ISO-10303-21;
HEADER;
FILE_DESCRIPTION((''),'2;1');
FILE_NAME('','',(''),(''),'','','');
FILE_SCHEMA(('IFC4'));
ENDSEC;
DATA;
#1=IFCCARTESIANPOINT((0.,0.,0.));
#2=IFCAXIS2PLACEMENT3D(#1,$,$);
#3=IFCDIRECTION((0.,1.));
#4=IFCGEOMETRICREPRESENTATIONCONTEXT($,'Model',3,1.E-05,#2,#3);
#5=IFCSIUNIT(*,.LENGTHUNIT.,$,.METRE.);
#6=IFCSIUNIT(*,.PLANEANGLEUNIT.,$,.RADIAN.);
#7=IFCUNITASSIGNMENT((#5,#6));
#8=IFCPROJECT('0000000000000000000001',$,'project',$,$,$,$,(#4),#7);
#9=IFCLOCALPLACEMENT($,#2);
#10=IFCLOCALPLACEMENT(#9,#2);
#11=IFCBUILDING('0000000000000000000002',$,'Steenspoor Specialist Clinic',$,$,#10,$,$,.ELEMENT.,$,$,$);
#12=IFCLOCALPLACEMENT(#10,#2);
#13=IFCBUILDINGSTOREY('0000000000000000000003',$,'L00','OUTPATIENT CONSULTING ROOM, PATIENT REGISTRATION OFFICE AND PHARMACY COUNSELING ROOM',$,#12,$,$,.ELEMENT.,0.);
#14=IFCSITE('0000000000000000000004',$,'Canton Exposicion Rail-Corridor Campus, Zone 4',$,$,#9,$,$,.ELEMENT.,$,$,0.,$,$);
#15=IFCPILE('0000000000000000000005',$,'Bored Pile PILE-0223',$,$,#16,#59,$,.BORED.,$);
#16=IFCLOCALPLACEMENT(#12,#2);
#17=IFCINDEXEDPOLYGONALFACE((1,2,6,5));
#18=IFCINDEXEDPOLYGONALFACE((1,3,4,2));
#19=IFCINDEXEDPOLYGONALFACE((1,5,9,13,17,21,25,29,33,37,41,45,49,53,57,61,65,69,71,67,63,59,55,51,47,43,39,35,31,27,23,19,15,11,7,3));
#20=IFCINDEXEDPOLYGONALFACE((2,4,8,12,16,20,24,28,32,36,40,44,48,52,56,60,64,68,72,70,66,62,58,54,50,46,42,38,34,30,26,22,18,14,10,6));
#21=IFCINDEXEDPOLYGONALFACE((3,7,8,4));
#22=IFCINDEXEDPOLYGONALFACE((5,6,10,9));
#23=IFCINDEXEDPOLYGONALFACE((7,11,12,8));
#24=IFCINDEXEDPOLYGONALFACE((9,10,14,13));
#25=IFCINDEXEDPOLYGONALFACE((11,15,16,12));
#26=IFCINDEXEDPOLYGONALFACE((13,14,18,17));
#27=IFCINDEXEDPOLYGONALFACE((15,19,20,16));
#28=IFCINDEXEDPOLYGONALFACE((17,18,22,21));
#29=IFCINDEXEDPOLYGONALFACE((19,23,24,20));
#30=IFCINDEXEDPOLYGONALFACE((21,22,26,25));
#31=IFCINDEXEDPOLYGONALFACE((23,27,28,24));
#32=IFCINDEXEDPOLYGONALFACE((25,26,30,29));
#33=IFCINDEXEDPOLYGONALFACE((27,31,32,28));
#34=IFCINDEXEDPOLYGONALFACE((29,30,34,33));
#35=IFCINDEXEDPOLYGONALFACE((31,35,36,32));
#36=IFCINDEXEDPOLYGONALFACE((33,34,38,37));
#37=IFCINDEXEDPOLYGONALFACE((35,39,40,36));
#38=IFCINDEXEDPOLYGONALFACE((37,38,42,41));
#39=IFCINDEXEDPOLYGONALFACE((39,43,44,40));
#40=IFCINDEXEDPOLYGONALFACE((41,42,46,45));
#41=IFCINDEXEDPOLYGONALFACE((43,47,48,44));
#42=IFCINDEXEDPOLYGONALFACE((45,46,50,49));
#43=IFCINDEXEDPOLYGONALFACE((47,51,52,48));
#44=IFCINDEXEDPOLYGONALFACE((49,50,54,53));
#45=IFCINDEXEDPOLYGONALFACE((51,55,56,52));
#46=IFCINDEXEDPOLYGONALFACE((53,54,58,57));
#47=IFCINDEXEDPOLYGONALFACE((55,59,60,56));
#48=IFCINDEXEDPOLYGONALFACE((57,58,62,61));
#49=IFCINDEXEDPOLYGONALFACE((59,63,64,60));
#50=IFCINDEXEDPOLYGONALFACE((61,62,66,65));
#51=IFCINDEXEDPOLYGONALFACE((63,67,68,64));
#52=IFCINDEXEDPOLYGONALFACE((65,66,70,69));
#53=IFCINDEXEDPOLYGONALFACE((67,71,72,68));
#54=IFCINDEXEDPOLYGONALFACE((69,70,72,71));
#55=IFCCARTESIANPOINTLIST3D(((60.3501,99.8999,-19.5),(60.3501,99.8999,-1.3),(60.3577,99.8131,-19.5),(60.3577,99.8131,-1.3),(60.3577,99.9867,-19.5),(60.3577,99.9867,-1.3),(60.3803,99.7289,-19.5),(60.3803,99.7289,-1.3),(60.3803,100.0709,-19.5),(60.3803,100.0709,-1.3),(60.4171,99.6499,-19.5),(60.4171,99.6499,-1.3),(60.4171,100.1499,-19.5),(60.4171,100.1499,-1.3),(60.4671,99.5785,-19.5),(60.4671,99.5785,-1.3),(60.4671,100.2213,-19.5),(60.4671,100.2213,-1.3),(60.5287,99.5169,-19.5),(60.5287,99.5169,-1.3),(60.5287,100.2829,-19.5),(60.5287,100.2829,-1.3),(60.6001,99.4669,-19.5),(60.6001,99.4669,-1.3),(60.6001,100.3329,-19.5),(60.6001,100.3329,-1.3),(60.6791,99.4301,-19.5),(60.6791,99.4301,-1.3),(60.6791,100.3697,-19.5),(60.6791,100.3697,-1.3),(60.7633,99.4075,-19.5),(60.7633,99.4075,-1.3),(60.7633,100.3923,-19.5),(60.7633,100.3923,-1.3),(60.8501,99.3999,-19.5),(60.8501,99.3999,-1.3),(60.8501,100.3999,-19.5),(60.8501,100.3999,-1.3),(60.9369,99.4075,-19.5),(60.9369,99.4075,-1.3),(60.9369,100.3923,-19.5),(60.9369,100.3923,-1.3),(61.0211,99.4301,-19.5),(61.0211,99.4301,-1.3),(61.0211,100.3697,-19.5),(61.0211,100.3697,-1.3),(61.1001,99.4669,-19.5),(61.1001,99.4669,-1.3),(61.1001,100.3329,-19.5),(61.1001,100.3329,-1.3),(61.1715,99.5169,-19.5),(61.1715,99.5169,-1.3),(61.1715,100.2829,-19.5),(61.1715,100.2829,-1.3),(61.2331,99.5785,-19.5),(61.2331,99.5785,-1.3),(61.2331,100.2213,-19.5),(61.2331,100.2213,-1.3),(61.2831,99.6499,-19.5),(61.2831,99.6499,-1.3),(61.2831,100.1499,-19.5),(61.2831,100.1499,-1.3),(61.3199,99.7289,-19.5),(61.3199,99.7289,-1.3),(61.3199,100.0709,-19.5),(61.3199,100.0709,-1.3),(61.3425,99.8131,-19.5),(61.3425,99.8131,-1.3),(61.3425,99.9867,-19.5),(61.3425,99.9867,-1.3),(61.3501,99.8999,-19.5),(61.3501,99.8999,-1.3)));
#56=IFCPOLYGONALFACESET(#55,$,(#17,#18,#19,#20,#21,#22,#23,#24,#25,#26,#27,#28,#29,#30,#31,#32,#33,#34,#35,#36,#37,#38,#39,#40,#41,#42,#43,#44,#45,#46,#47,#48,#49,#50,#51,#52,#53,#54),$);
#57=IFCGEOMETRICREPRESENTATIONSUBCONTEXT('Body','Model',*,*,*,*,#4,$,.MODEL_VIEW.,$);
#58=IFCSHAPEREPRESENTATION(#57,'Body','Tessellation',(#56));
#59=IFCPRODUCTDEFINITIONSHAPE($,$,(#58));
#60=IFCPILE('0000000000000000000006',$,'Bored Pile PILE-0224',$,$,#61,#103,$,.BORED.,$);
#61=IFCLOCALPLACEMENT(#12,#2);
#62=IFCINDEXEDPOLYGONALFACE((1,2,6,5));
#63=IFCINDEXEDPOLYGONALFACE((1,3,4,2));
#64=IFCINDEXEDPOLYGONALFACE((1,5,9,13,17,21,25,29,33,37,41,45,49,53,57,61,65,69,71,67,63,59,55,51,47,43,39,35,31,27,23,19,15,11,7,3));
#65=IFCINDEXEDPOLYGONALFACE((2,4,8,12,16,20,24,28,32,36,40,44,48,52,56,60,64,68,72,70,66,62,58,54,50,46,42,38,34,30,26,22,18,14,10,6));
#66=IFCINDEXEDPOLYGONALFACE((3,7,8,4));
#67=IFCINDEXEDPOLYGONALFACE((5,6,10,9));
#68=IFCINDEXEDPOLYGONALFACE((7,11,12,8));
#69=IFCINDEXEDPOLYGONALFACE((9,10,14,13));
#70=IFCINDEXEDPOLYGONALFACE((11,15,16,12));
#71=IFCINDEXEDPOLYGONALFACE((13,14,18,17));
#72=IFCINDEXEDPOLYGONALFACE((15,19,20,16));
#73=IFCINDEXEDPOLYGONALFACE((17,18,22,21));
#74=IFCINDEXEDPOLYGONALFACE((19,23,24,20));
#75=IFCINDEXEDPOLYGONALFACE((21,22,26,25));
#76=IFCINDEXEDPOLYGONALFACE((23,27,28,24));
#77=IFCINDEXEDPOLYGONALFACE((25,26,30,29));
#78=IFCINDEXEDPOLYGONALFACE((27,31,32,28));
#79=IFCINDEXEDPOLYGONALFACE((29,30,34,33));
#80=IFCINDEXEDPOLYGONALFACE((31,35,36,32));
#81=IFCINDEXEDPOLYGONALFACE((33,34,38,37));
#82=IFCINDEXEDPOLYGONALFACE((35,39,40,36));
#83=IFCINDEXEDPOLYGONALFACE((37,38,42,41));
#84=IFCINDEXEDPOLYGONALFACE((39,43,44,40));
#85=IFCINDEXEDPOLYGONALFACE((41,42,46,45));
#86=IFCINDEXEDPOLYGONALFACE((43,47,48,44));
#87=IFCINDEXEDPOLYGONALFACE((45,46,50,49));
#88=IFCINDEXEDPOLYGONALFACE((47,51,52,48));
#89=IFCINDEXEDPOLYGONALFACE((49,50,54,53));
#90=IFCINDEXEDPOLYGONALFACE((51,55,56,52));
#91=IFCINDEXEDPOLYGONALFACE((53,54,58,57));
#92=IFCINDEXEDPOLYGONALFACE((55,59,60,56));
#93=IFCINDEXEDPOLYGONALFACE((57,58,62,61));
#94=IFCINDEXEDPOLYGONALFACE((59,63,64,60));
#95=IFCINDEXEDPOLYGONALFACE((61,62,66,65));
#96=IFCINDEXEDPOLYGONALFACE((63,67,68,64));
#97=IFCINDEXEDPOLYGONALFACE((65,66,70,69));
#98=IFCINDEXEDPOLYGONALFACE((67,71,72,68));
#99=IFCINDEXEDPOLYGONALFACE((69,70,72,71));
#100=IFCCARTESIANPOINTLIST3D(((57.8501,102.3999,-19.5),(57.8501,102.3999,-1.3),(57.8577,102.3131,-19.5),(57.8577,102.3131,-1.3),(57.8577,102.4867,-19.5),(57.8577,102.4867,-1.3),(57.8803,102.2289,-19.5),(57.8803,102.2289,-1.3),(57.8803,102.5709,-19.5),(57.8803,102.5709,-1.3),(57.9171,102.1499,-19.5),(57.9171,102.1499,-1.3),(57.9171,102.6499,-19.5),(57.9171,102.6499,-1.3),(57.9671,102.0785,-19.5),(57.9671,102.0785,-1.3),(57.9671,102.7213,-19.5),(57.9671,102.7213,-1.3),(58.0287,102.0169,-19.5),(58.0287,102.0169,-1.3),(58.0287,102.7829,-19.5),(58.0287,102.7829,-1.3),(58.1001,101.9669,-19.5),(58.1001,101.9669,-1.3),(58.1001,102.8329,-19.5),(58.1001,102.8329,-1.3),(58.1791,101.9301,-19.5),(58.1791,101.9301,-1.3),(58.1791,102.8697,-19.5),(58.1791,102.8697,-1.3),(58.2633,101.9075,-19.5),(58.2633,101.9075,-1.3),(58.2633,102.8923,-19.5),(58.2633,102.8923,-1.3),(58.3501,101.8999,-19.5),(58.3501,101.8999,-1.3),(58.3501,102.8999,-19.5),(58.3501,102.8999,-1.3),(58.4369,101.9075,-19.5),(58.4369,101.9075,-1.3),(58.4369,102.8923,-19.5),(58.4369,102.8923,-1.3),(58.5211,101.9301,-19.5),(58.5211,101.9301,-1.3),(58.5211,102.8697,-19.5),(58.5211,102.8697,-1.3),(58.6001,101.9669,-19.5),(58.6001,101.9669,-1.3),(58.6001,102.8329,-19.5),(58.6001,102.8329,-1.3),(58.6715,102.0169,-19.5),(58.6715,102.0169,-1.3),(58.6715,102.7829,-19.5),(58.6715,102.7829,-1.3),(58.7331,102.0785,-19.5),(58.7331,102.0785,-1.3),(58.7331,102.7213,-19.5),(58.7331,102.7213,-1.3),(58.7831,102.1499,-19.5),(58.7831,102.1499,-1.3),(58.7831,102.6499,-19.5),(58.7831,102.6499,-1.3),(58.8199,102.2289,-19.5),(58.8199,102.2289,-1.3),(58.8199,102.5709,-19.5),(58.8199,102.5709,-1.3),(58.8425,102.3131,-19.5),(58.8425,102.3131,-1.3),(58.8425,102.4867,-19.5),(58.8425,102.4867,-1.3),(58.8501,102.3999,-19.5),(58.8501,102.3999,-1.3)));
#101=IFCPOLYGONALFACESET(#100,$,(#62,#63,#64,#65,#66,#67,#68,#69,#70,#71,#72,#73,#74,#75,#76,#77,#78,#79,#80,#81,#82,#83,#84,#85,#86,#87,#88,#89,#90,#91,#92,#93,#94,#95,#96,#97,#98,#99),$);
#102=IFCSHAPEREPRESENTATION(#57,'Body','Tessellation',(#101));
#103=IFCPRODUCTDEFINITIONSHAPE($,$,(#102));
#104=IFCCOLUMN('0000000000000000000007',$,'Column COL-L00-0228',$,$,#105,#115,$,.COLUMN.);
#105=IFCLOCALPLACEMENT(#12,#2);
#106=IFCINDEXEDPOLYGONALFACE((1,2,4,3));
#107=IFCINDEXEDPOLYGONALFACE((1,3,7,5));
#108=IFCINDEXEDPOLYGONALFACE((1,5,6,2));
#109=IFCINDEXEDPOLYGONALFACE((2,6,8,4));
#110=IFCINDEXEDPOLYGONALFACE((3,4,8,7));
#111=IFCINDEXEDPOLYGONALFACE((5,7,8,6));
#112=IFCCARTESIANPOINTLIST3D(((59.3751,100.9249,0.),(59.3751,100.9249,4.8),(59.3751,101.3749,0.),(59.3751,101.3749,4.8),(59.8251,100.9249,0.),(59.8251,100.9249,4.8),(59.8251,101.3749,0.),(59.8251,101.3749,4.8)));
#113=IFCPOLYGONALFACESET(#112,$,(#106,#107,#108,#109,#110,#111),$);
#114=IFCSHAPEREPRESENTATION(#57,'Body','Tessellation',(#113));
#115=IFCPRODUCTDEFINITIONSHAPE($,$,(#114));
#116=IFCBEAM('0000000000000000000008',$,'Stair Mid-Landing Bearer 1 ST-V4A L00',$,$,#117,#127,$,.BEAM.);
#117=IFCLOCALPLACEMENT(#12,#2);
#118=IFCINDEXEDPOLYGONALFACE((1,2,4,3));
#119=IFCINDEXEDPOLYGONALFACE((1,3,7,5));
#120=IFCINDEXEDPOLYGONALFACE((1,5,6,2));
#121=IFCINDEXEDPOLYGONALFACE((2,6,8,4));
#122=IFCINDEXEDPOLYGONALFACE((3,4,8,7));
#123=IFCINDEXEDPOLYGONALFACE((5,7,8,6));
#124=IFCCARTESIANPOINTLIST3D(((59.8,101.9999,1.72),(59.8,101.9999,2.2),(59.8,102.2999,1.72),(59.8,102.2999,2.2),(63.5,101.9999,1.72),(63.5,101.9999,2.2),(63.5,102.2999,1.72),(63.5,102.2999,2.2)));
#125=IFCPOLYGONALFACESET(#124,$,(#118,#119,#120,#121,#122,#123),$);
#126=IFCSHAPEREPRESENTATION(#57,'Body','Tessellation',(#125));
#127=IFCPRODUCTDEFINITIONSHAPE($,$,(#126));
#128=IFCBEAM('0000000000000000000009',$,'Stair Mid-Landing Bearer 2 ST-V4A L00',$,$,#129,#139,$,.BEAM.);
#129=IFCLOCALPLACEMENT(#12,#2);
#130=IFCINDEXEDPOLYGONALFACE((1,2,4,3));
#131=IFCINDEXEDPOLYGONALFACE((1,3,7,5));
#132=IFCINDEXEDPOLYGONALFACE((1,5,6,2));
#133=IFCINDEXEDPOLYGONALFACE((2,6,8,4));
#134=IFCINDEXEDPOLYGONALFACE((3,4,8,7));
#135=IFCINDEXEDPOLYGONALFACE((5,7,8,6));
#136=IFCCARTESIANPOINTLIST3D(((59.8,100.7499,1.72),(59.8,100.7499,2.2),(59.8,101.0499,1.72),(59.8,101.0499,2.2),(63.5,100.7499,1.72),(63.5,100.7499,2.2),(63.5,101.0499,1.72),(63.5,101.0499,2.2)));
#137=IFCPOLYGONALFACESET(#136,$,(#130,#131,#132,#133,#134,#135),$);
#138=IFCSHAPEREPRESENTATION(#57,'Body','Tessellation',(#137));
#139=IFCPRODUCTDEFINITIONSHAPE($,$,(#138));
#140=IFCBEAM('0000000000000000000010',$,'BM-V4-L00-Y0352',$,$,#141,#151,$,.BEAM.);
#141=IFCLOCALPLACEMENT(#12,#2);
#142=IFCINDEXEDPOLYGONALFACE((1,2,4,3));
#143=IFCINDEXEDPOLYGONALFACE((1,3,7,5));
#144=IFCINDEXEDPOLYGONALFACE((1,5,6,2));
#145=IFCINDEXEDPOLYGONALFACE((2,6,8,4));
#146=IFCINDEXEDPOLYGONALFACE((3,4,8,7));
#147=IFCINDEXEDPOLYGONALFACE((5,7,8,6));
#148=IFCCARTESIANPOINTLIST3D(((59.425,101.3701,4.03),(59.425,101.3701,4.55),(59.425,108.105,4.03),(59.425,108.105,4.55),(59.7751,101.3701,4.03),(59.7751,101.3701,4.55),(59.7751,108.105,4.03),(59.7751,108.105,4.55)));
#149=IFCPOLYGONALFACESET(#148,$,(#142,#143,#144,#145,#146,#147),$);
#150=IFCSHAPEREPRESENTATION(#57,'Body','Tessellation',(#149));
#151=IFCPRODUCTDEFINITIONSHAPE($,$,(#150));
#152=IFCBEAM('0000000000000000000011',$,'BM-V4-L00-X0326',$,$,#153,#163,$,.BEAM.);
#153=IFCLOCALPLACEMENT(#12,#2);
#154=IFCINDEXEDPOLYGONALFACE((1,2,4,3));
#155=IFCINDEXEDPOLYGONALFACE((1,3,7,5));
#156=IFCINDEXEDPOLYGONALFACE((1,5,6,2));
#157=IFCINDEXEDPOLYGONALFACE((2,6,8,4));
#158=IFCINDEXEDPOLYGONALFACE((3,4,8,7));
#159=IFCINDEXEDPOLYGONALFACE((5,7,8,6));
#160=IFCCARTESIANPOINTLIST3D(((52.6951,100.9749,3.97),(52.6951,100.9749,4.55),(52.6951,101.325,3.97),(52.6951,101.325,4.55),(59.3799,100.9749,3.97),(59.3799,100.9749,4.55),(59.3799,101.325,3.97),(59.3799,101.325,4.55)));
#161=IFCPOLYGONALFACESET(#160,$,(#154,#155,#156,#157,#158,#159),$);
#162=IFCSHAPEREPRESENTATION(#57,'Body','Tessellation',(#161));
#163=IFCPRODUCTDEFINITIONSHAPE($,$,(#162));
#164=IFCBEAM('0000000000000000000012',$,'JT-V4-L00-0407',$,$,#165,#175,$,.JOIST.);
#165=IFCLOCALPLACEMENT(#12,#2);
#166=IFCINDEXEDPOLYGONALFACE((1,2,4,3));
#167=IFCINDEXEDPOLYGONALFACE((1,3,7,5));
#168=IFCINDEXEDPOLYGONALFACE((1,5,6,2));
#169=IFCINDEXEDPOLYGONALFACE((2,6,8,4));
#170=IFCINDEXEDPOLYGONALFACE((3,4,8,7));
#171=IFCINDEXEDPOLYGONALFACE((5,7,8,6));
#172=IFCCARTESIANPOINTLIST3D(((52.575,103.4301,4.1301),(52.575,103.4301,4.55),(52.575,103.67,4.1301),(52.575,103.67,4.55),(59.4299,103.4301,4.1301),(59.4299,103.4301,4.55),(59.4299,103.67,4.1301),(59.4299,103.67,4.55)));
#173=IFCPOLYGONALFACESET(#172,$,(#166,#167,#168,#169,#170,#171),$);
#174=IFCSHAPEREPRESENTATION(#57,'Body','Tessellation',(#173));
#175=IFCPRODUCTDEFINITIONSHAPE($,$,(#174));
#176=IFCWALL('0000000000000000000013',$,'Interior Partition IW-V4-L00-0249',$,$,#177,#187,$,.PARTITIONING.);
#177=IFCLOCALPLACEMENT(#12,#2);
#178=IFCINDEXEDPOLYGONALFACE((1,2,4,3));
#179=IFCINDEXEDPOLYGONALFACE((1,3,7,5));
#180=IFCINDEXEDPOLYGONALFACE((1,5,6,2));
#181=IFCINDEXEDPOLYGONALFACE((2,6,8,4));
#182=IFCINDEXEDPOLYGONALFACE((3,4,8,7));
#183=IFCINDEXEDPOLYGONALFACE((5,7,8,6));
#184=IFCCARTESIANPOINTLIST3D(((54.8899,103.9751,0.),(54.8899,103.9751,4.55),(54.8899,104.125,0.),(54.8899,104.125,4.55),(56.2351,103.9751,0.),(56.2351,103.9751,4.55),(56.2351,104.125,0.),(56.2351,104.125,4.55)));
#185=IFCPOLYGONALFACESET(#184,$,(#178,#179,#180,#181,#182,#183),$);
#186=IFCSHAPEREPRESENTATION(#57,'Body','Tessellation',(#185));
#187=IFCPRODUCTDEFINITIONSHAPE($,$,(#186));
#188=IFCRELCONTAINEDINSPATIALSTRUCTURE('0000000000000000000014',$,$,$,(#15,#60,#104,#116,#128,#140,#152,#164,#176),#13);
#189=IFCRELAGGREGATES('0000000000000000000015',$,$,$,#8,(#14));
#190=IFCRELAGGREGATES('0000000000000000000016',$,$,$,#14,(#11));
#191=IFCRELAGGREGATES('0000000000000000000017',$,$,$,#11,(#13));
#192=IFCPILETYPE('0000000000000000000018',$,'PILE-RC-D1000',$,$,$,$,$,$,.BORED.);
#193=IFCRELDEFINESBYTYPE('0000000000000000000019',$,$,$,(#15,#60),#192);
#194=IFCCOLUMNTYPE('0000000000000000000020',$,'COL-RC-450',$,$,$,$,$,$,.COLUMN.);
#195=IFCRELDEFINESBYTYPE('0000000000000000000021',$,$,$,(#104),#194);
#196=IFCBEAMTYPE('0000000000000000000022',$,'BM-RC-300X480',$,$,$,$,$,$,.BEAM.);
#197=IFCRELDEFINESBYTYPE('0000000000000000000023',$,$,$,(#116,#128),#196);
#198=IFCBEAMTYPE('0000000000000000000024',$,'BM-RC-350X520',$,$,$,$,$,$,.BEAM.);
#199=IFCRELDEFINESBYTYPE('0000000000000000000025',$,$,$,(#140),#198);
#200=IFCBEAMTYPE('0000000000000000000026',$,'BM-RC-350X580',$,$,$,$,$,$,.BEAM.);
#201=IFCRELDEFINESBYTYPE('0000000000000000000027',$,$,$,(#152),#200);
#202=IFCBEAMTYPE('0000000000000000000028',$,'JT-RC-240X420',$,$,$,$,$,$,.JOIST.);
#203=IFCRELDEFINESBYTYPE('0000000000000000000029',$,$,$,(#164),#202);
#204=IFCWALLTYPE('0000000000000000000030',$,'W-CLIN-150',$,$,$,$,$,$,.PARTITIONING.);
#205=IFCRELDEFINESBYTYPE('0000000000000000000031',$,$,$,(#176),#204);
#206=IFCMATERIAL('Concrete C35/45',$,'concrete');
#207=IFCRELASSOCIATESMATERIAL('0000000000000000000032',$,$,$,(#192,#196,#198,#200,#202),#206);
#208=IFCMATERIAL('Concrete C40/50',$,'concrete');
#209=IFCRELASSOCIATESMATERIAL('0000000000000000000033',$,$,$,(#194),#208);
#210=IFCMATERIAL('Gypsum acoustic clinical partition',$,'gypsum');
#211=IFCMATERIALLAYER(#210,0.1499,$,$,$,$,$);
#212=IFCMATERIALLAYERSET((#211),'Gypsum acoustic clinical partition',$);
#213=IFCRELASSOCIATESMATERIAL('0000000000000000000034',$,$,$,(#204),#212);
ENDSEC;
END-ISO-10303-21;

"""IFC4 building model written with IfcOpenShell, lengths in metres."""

from ifc_helpers import new_model, si_unit, direction, frame, frame_2d, origin, origin_2d, place, context, subcontext, project, spatial, rectangle, circle, extrude, material, layer, layer_set, material_profile, profile_set, type_object, element, save


model = new_model("IFC4")

# Units and contexts
model_context = context("Model", 3, precision=1e-05, world=origin(), true_north=direction((0.0, 1.0)))
body_context = subcontext(model_context, "Body", "Model", "MODEL_VIEW")
ifc_project = project(units=[si_unit("LENGTHUNIT", "METRE"), si_unit("PLANEANGLEUNIT", "RADIAN")], contexts=[model_context])

# Site, building, storey
site_placement = place(None, origin())
site = spatial("IfcSite", under=ifc_project, at=site_placement, Name="Canton Exposicion Rail-Corridor Campus, Zone 4", CompositionType="ELEMENT", RefElevation=0.0)
building_placement = place(site_placement, origin())
building = spatial("IfcBuilding", under=site, at=building_placement, Name="Steenspoor Specialist Clinic", CompositionType="ELEMENT")
storey_placement = place(building_placement, origin())
storey = spatial("IfcBuildingStorey", under=building, at=storey_placement, Name="L00", Description="OUTPATIENT CONSULTING ROOM, PATIENT REGISTRATION OFFICE AND PHARMACY COUNSELING ROOM", CompositionType="ELEMENT", Elevation=0.0)

# Shared definitions
ifc_material_1 = material(Name="Concrete C35/45", Category="concrete")

# Piles
ifc_material_profile_1 = material_profile(ifc_material_1, circle(Radius=0.5, at=origin_2d()), Name="PILE-D1000")
ifc_profile_set_1 = profile_set([ifc_material_profile_1], Name="Concrete C35/45")
pile_type = type_object("IfcPileType", Name="PILE-RC-D1000", PredefinedType="BORED", material=ifc_profile_set_1)
for number, where, z_axis, x_axis, name in (
    (1, (60.8501, 99.8999, -1.3), (0.0, 0.0, -1.0), (1.0, 0.0, 0.0), "Bored Pile PILE-0223"),
    (2, (58.3501, 102.3999, -1.3), (0.0, 0.0, -1.0), (1.0, 0.0, 0.0), "Bored Pile PILE-0224"),
):
    element("IfcPile", number, at=place(storey_placement, frame(where, z_axis=z_axis, x_axis=x_axis)), inside=storey, type_object=pile_type, Name=name, PredefinedType="BORED", context=body_context, shape_type="SweptSolid", body=[
        extrude(circle(Radius=0.5, at=origin_2d()), origin(), (0.0, 0.0, 1.0), 18.2),
    ])

# Column
ifc_material_2 = material(Name="Concrete C40/50", Category="concrete")
ifc_material_profile_2 = material_profile(ifc_material_2, rectangle(XDim=0.45, YDim=0.45, at=origin_2d()), Name="RC-COL-450X450")
ifc_profile_set_2 = profile_set([ifc_material_profile_2], Name="Concrete C40/50")
column_type = type_object("IfcColumnType", Name="COL-RC-450", PredefinedType="COLUMN", material=ifc_profile_set_2)
column_placement = place(storey_placement, frame((59.6001, 101.1499, 0.0), z_axis=(0.0, 0.0, 1.0), x_axis=(1.0, 0.0, 0.0)))
element("IfcColumn", 3, at=column_placement, inside=storey, type_object=column_type, Name="Column COL-L00-0228", PredefinedType="COLUMN", context=body_context, shape_type="SweptSolid", body=[
    extrude(rectangle(XDim=0.45, YDim=0.45, at=origin_2d()), origin(), (0.0, 0.0, 1.0), 4.8),
])

# Beams
ifc_material_profile_3 = material_profile(ifc_material_1, rectangle(XDim=0.3, YDim=0.48, at=origin_2d()), Name="RC-BM-300X480")
ifc_profile_set_3 = profile_set([ifc_material_profile_3], Name="Concrete C35/45")
beam_type_1 = type_object("IfcBeamType", Name="BM-RC-300X480", PredefinedType="BEAM", material=ifc_profile_set_3)
for number, where, z_axis, x_axis, name in (
    (4, (59.8, 102.1499, 1.96), (1.0, 0.0, 0.0), (0.0, 1.0, 0.0), "Stair Mid-Landing Bearer 1 ST-V4A L00"),
    (5, (59.8, 100.8999, 1.96), (1.0, 0.0, 0.0), (0.0, 1.0, 0.0), "Stair Mid-Landing Bearer 2 ST-V4A L00"),
):
    element("IfcBeam", number, at=place(storey_placement, frame(where, z_axis=z_axis, x_axis=x_axis)), inside=storey, type_object=beam_type_1, Name=name, PredefinedType="BEAM", context=body_context, shape_type="SweptSolid", body=[
        extrude(rectangle(XDim=0.3, YDim=0.48, at=origin_2d()), origin(), (0.0, 0.0, 1.0), 3.7),
    ])
ifc_material_profile_4 = material_profile(ifc_material_1, rectangle(XDim=0.3501, YDim=0.52, at=origin_2d()), Name="RC-BM-350X520")
ifc_profile_set_4 = profile_set([ifc_material_profile_4], Name="Concrete C35/45")
beam_type_2 = type_object("IfcBeamType", Name="BM-RC-350X520", PredefinedType="BEAM", material=ifc_profile_set_4)
beam_1_placement = place(storey_placement, frame((59.6001, 101.3701, 4.29), z_axis=(0.0, 1.0, 0.0), x_axis=(-1.0, 0.0, 0.0)))
element("IfcBeam", 6, at=beam_1_placement, inside=storey, type_object=beam_type_2, Name="BM-V4-L00-Y0352", PredefinedType="BEAM", context=body_context, shape_type="SweptSolid", body=[
    extrude(rectangle(XDim=0.3501, YDim=0.52, at=origin_2d()), origin(), (0.0, 0.0, 1.0), 6.7349),
])
ifc_material_profile_5 = material_profile(ifc_material_1, rectangle(XDim=0.3501, YDim=0.5801, at=origin_2d()), Name="RC-BM-350X580")
ifc_profile_set_5 = profile_set([ifc_material_profile_5], Name="Concrete C35/45")
beam_type_3 = type_object("IfcBeamType", Name="BM-RC-350X580", PredefinedType="BEAM", material=ifc_profile_set_5)
beam_2_placement = place(storey_placement, frame((52.6951, 101.1499, 4.26), z_axis=(1.0, 0.0, 0.0), x_axis=(0.0, 1.0, 0.0)))
element("IfcBeam", 7, at=beam_2_placement, inside=storey, type_object=beam_type_3, Name="BM-V4-L00-X0326", PredefinedType="BEAM", context=body_context, shape_type="SweptSolid", body=[
    extrude(rectangle(XDim=0.3501, YDim=0.5801, at=origin_2d()), origin(), (0.0, 0.0, 1.0), 6.6848),
])
ifc_material_profile_6 = material_profile(ifc_material_1, rectangle(XDim=0.24, YDim=0.4199, at=origin_2d()), Name="RC-JT-240X420")
ifc_profile_set_6 = profile_set([ifc_material_profile_6], Name="Concrete C35/45")
beam_type_4 = type_object("IfcBeamType", Name="JT-RC-240X420", PredefinedType="JOIST", material=ifc_profile_set_6)
beam_3_placement = place(storey_placement, frame((52.575, 103.55, 4.3401), z_axis=(1.0, 0.0, 0.0), x_axis=(0.0, 1.0, 0.0)))
element("IfcBeam", 8, at=beam_3_placement, inside=storey, type_object=beam_type_4, Name="JT-V4-L00-0407", PredefinedType="JOIST", context=body_context, shape_type="SweptSolid", body=[
    extrude(rectangle(XDim=0.24, YDim=0.4199, at=origin_2d()), origin(), (0.0, 0.0, 1.0), 6.855),
])

# Wall
ifc_material_3 = material(Name="Gypsum acoustic clinical partition", Category="gypsum")
ifc_layer_1 = layer(ifc_material_3, 0.1499)
ifc_layer_set_1 = layer_set([ifc_layer_1], Name="Gypsum acoustic clinical partition")
wall_type_1 = type_object("IfcWallType", Name="W-CLIN-150", PredefinedType="PARTITIONING", material=ifc_layer_set_1)
wall_1_placement = place(storey_placement, frame((54.8899, 104.05, 0.0), z_axis=(0.0, 0.0, 1.0), x_axis=(1.0, 0.0, 0.0)))
element("IfcWall", 9, at=wall_1_placement, inside=storey, type_object=wall_type_1, Name="Interior Partition IW-V4-L00-0249", PredefinedType="PARTITIONING", context=body_context, shape_type="SweptSolid", body=[
    extrude(rectangle(XDim=1.3452, YDim=0.1499, at=frame_2d((0.6726, 0.0))), origin(), (0.0, 0.0, 1.0), 4.55),
])

save(model, "model.ifc")
